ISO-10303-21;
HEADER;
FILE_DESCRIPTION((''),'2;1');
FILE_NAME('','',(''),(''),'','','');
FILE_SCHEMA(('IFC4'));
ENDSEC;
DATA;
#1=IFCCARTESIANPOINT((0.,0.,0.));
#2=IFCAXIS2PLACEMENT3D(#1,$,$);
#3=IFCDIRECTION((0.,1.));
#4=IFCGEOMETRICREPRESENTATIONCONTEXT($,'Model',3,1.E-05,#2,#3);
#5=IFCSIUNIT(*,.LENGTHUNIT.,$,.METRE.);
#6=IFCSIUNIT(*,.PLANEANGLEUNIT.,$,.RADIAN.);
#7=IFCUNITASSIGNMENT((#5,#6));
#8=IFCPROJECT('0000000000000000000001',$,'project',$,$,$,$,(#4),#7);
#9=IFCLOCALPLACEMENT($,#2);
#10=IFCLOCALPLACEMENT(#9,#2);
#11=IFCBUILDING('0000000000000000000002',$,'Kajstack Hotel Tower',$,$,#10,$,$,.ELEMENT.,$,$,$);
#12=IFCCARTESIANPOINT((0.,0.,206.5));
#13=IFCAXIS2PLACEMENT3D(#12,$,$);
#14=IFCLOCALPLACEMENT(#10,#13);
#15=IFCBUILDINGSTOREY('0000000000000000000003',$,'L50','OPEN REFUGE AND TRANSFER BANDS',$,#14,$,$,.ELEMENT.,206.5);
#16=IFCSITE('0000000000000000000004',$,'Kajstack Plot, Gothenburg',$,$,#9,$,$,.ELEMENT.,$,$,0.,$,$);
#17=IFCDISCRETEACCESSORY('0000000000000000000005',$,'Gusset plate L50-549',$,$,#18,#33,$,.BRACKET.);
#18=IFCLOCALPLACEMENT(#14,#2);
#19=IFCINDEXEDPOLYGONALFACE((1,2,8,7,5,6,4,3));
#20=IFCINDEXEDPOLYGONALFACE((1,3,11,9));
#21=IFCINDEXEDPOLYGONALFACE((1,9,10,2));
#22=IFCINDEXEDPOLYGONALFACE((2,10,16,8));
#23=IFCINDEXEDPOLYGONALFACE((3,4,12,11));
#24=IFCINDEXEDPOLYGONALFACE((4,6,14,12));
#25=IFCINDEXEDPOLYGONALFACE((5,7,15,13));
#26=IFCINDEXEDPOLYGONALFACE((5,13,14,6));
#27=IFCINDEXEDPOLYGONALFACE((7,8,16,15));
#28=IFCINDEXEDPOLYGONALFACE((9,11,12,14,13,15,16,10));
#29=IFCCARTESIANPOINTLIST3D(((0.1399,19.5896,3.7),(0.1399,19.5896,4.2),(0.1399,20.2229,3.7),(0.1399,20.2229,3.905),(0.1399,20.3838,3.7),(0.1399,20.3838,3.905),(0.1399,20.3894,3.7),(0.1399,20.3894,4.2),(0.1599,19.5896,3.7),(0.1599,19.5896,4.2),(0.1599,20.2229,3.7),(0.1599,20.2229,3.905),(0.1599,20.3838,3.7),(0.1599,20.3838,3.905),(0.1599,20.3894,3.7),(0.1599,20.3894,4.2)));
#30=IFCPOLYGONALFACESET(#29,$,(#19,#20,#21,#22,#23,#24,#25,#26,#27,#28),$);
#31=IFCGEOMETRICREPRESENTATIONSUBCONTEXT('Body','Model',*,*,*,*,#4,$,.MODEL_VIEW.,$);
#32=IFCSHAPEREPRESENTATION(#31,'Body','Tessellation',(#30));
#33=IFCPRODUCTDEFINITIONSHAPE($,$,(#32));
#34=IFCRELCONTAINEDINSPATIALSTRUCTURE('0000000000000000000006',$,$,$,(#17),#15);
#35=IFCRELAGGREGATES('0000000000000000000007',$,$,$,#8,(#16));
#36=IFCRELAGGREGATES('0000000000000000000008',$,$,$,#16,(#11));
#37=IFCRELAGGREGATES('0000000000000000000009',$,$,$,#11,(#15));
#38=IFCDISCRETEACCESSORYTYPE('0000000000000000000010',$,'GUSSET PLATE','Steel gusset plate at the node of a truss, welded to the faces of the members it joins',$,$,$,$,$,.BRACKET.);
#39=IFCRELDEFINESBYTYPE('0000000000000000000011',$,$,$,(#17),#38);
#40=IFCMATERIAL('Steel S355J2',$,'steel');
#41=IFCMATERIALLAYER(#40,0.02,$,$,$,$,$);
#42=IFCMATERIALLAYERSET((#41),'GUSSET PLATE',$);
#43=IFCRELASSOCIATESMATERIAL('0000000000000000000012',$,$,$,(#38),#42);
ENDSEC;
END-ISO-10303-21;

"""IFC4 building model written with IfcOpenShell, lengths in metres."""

from ifc_helpers import new_model, si_unit, direction, frame, origin, place, context, subcontext, project, spatial, polyline, outline, extrude, material, layer, layer_set, type_object, element, save


model = new_model("IFC4")

# Units and contexts
model_context = context("Model", 3, precision=1e-05, world=origin(), true_north=direction((0.0, 1.0)))
body_context = subcontext(model_context, "Body", "Model", "MODEL_VIEW")
ifc_project = project(units=[si_unit("LENGTHUNIT", "METRE"), si_unit("PLANEANGLEUNIT", "RADIAN")], contexts=[model_context])

# Site, building, storey
site_placement = place(None, origin())
site = spatial("IfcSite", under=ifc_project, at=site_placement, Name="Kajstack Plot, Gothenburg", CompositionType="ELEMENT", RefElevation=0.0)
building_placement = place(site_placement, origin())
building = spatial("IfcBuilding", under=site, at=building_placement, Name="Kajstack Hotel Tower", CompositionType="ELEMENT")
storey_placement = place(building_placement, frame((0.0, 0.0, 206.5)))
storey = spatial("IfcBuildingStorey", under=building, at=storey_placement, Name="L50", Description="OPEN REFUGE AND TRANSFER BANDS", CompositionType="ELEMENT", Elevation=206.5)

# Shared definitions
ifc_material = material(Name="Steel S355J2", Category="steel")

# Discrete accessory
ifc_layer = layer(ifc_material, 0.02)
ifc_layer_set = layer_set([ifc_layer], Name="GUSSET PLATE")
discrete_accessory_type = type_object("IfcDiscreteAccessoryType", Name="GUSSET PLATE", Description="Steel gusset plate at the node of a truss, welded to the faces of the members it joins", PredefinedType="BRACKET", material=ifc_layer_set)
discrete_accessory_1_placement = place(storey_placement, frame((0.1399, 19.9895, 3.7), z_axis=(1.0, 0.0, 0.0), x_axis=(0.0, 1.0, 0.0)))
element("IfcDiscreteAccessory", 1, at=discrete_accessory_1_placement, inside=storey, type_object=discrete_accessory_type, Name="Gusset plate L50-549", PredefinedType="BRACKET", context=body_context, shape_type="SweptSolid", body=[
    extrude(outline(polyline([(-0.3999, 0.0), (0.2334, 0.0), (0.2334, 0.2051), (0.3943, 0.2051), (0.3943, 0.0), (0.3999, 0.0), (0.3999, 0.5), (-0.3999, 0.5), (-0.3999, 0.0)])), origin(), (0.0, 0.0, 1.0), 0.02),
])

save(model, "model.ifc")
